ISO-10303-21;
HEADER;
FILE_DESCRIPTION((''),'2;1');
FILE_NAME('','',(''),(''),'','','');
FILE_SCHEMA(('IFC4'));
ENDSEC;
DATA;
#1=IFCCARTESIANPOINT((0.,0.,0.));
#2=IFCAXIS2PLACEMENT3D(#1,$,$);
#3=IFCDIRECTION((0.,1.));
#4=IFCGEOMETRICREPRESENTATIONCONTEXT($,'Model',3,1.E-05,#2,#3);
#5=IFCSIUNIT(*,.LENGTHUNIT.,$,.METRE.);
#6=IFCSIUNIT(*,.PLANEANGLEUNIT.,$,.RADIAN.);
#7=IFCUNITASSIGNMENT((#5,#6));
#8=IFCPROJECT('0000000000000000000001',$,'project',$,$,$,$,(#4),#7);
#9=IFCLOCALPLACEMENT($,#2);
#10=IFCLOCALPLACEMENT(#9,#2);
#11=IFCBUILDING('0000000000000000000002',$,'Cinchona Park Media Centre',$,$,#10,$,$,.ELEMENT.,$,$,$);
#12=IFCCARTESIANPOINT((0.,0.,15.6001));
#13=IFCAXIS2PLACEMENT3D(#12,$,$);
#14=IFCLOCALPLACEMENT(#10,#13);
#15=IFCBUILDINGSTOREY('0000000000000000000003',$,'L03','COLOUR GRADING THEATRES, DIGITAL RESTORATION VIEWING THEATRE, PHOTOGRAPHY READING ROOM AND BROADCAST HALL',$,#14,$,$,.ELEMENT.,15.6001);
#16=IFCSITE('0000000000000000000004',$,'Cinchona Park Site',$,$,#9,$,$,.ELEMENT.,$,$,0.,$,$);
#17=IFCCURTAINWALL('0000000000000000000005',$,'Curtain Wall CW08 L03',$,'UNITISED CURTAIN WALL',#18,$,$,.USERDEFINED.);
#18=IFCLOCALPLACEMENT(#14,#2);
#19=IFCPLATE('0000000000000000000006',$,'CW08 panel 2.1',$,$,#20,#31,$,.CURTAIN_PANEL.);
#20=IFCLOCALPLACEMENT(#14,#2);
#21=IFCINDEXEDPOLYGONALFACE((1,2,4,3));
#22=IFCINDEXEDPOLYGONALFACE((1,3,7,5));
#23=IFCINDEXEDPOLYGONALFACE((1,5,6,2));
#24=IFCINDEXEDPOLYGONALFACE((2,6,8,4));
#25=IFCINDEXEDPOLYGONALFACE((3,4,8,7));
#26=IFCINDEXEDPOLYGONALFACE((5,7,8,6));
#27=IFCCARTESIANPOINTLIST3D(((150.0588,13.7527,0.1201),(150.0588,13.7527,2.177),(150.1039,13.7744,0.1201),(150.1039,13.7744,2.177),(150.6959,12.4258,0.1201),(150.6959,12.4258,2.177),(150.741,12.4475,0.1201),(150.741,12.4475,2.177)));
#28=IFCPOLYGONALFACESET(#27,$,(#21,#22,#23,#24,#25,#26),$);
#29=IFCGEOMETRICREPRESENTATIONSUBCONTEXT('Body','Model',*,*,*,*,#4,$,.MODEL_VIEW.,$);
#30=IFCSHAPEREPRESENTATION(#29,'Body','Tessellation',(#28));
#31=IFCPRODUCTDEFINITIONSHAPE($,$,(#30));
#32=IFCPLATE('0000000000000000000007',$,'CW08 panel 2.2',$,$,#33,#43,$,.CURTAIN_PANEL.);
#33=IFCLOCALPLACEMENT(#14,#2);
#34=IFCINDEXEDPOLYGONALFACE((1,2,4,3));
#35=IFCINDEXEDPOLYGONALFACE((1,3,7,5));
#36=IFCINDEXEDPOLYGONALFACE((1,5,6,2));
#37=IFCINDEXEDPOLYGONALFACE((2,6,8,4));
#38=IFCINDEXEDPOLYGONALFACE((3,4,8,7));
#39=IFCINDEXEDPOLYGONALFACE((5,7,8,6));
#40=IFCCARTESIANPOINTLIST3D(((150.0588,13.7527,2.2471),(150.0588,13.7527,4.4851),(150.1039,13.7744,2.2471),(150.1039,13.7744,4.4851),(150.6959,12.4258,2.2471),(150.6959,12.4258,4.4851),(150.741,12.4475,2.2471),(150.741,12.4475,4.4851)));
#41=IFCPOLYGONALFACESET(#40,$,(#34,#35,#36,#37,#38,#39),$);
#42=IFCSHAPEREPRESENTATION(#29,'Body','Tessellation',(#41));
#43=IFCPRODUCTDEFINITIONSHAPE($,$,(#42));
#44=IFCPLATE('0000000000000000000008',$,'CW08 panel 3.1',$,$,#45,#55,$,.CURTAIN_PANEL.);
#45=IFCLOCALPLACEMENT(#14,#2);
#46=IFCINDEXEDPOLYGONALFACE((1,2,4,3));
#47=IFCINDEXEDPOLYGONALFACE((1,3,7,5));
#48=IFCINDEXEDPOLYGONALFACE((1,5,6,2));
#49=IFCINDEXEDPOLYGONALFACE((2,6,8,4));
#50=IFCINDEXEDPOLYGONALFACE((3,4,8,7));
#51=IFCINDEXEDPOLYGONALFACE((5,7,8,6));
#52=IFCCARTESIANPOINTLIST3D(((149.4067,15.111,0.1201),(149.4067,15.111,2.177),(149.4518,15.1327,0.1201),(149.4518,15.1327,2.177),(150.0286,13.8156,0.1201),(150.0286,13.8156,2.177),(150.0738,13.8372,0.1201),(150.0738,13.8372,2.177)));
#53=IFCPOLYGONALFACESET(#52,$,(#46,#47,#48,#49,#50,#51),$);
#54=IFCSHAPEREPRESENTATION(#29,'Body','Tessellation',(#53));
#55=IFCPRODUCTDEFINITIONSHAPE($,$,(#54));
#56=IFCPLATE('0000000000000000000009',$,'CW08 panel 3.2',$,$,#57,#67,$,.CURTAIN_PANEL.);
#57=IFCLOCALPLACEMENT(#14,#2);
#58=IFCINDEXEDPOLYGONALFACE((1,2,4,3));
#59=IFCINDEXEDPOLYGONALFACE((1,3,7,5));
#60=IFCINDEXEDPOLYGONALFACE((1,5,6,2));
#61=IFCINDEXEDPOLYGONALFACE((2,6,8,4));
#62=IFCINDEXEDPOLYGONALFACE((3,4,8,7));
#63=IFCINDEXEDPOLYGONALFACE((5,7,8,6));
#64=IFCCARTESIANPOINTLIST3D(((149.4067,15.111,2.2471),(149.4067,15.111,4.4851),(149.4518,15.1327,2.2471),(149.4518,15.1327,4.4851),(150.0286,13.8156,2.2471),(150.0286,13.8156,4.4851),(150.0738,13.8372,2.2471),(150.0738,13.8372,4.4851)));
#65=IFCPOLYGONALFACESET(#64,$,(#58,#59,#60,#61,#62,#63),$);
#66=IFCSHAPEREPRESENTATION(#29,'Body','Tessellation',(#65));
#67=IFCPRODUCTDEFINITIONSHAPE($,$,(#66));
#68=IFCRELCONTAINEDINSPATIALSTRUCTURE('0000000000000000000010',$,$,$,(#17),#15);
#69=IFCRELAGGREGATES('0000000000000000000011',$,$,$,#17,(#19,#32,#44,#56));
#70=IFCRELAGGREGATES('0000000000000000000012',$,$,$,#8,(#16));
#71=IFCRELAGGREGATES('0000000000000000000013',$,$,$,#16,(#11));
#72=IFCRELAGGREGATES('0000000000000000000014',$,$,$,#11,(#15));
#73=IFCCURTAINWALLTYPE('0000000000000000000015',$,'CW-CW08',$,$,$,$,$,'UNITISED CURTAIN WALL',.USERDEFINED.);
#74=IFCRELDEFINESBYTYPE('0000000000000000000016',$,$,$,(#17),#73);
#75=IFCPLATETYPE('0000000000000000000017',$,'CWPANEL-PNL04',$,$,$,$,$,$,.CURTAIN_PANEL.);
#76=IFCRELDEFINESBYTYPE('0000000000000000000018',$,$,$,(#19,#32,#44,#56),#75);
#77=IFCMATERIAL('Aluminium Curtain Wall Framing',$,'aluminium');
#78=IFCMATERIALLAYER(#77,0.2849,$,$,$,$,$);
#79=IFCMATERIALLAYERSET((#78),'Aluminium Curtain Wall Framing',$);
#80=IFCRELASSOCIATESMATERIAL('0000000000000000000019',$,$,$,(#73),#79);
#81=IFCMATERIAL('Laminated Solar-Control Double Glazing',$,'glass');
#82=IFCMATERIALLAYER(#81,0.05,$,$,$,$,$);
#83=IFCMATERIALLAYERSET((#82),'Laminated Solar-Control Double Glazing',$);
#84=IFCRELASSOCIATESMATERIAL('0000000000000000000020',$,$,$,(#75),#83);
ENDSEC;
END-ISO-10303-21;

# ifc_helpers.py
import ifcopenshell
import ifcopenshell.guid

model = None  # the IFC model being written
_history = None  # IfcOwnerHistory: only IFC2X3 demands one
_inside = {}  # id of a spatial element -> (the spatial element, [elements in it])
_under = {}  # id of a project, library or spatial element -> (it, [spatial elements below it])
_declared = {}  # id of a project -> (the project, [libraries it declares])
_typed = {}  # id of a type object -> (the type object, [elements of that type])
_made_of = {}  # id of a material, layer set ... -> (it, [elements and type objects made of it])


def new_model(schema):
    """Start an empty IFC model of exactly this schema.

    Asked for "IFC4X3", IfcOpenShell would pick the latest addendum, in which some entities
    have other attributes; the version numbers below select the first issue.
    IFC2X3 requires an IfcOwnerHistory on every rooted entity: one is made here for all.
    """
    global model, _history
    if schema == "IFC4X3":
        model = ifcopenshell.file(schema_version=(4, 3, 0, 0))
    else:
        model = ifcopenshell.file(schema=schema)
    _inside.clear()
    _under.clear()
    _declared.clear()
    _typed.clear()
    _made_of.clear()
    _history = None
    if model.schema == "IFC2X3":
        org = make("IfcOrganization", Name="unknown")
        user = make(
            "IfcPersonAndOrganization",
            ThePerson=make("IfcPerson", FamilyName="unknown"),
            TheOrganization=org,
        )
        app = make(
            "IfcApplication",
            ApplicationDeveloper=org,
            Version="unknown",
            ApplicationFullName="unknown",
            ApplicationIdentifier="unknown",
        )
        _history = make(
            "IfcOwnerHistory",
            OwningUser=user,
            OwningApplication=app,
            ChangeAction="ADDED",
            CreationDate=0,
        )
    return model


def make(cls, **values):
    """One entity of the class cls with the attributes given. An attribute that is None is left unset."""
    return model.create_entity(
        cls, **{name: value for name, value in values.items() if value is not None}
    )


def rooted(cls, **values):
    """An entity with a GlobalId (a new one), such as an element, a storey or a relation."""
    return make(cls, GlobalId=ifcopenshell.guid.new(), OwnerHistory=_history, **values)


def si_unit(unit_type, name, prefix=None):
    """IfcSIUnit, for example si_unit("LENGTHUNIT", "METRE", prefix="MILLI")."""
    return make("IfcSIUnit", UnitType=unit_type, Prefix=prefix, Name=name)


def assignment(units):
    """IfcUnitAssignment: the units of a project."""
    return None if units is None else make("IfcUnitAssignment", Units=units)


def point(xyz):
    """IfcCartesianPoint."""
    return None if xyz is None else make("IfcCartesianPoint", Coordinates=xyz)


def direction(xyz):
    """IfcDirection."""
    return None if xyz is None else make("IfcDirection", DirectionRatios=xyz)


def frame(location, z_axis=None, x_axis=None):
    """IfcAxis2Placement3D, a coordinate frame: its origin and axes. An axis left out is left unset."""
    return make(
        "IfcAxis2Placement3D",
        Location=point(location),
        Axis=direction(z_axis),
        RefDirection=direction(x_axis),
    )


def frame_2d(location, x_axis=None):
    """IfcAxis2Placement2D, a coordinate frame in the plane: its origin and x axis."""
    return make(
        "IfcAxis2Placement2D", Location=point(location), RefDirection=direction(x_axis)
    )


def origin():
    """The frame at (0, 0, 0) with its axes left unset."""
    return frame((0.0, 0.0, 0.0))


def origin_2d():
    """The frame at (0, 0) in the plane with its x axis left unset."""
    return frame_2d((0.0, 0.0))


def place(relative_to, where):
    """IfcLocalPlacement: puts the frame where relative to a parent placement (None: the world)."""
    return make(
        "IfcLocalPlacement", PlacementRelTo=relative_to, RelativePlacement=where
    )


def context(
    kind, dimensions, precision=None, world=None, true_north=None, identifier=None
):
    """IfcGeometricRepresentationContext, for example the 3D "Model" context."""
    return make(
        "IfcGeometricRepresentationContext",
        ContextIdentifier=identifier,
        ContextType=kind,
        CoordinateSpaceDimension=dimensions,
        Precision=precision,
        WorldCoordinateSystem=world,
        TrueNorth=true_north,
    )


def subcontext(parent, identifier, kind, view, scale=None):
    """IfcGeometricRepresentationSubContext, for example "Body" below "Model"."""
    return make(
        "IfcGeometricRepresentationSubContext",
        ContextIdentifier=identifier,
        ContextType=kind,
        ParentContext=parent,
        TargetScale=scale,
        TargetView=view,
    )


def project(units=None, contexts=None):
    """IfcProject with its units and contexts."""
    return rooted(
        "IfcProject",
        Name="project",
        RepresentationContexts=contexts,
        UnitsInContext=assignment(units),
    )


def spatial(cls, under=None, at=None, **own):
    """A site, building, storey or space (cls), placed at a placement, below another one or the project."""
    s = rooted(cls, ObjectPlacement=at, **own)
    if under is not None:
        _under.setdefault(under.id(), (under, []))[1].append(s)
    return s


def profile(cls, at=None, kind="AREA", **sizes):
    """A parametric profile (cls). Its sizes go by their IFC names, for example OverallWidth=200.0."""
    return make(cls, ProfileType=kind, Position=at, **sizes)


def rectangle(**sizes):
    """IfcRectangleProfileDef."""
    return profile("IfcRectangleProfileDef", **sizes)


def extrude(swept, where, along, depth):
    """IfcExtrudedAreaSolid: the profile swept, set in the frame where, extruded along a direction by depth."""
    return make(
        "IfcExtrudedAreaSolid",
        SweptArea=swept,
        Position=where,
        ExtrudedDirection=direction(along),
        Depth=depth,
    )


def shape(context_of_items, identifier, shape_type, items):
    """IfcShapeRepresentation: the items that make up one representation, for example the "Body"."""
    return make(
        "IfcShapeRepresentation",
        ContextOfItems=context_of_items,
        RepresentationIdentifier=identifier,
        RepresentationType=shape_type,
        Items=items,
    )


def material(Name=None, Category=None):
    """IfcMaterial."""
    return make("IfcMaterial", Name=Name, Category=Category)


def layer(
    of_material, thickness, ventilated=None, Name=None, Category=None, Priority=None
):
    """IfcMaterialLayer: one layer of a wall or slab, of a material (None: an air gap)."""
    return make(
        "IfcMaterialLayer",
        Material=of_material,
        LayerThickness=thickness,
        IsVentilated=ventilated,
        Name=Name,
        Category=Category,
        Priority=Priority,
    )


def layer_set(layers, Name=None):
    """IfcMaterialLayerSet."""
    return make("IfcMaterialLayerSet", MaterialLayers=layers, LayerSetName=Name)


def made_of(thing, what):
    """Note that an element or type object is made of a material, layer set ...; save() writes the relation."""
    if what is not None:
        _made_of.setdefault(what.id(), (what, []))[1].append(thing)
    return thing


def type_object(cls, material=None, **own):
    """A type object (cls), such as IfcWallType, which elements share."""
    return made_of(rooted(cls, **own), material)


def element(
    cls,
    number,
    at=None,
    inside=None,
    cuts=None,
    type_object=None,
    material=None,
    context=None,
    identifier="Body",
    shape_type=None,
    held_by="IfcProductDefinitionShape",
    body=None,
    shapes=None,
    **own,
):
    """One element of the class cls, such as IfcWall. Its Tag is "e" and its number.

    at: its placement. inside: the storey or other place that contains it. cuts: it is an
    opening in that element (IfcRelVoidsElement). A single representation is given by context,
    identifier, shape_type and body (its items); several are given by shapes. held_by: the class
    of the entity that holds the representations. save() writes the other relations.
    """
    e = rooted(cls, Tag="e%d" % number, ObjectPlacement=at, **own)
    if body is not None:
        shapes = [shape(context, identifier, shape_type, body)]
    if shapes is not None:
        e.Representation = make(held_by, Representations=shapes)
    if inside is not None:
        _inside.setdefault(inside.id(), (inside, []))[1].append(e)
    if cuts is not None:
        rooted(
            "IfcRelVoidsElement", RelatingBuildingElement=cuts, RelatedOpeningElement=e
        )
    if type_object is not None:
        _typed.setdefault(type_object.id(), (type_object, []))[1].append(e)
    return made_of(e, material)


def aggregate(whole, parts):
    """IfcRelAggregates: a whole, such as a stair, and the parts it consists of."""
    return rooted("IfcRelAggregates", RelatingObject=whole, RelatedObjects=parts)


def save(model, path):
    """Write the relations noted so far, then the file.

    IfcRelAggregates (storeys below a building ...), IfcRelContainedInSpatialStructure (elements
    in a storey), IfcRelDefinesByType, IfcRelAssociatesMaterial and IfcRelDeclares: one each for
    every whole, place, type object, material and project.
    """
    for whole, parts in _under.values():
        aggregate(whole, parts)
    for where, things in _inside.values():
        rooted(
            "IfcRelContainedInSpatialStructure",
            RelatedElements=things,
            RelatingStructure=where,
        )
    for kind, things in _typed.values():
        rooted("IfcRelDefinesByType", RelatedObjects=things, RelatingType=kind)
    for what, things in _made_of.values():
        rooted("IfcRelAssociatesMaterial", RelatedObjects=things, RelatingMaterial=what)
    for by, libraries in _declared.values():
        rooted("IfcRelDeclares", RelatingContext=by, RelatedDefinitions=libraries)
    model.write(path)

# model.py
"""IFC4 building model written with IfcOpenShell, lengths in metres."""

from ifc_helpers import new_model, si_unit, direction, frame, origin, origin_2d, place, context, subcontext, project, spatial, rectangle, extrude, material, layer, layer_set, type_object, element, aggregate, save


model = new_model("IFC4")

# Units and contexts
model_context = context("Model", 3, precision=1e-05, world=origin(), true_north=direction((0.0, 1.0)))
body_context = subcontext(model_context, "Body", "Model", "MODEL_VIEW")
ifc_project = project(units=[si_unit("LENGTHUNIT", "METRE"), si_unit("PLANEANGLEUNIT", "RADIAN")], contexts=[model_context])

# Site, building, storey
site_placement = place(None, origin())
site = spatial("IfcSite", under=ifc_project, at=site_placement, Name="Cinchona Park Site", CompositionType="ELEMENT", RefElevation=0.0)
building_placement = place(site_placement, origin())
building = spatial("IfcBuilding", under=site, at=building_placement, Name="Cinchona Park Media Centre", CompositionType="ELEMENT")
storey_placement = place(building_placement, frame((0.0, 0.0, 15.6001)))
storey = spatial("IfcBuildingStorey", under=building, at=storey_placement, Name="L03", Description="COLOUR GRADING THEATRES, DIGITAL RESTORATION VIEWING THEATRE, PHOTOGRAPHY READING ROOM AND BROADCAST HALL", CompositionType="ELEMENT", Elevation=15.6001)

# Curtain wall, plates
ifc_material_1 = material(Name="Aluminium Curtain Wall Framing", Category="aluminium")
ifc_layer_1 = layer(ifc_material_1, 0.2849)
ifc_layer_set_1 = layer_set([ifc_layer_1], Name="Aluminium Curtain Wall Framing")
curtain_wall_type = type_object("IfcCurtainWallType", Name="CW-CW08", ElementType="UNITISED CURTAIN WALL", PredefinedType="USERDEFINED", material=ifc_layer_set_1)
curtain_wall_placement = place(storey_placement, origin())
curtain_wall = element("IfcCurtainWall", 1, at=curtain_wall_placement, inside=storey, type_object=curtain_wall_type, Name="Curtain Wall CW08 L03", ObjectType="UNITISED CURTAIN WALL", PredefinedType="USERDEFINED")
ifc_material_2 = material(Name="Laminated Solar-Control Double Glazing", Category="glass")
ifc_layer_2 = layer(ifc_material_2, 0.05)
ifc_layer_set_2 = layer_set([ifc_layer_2], Name="Laminated Solar-Control Double Glazing")
plate_type = type_object("IfcPlateType", Name="CWPANEL-PNL04", PredefinedType="CURTAIN_PANEL", material=ifc_layer_set_2)
plate_1_placement = place(storey_placement, frame((150.3999, 13.1001, 0.1201), z_axis=(0.0, 0.0, 1.0), x_axis=(-0.432801, 0.901489, 0.0)))
plate_1 = element("IfcPlate", 2, at=plate_1_placement, type_object=plate_type, Name="CW08 panel 2.1", PredefinedType="CURTAIN_PANEL", context=body_context, shape_type="SweptSolid", body=[
    extrude(rectangle(XDim=1.4719, YDim=0.05, at=origin_2d()), origin(), (0.0, 0.0, 1.0), 2.0569),
])
plate_2_placement = place(storey_placement, frame((150.3999, 13.1001, 2.2471), z_axis=(0.0, 0.0, 1.0), x_axis=(-0.432801, 0.901489, 0.0)))
plate_2 = element("IfcPlate", 3, at=plate_2_placement, type_object=plate_type, Name="CW08 panel 2.2", PredefinedType="CURTAIN_PANEL", context=body_context, shape_type="SweptSolid", body=[
    extrude(rectangle(XDim=1.4719, YDim=0.05, at=origin_2d()), origin(), (0.0, 0.0, 1.0), 2.238),
])
plate_3_placement = place(storey_placement, frame((149.7402, 14.4741, 0.1201), z_axis=(0.0, 0.0, 1.0), x_axis=(-0.432801, 0.901489, 0.0)))
plate_3 = element("IfcPlate", 4, at=plate_3_placement, type_object=plate_type, Name="CW08 panel 3.1", PredefinedType="CURTAIN_PANEL", context=body_context, shape_type="SweptSolid", body=[
    extrude(rectangle(XDim=1.437, YDim=0.05, at=origin_2d()), origin(), (0.0, 0.0, 1.0), 2.0569),
])
plate_4_placement = place(storey_placement, frame((149.7402, 14.4741, 2.2471), z_axis=(0.0, 0.0, 1.0), x_axis=(-0.432801, 0.901489, 0.0)))
plate_4 = element("IfcPlate", 5, at=plate_4_placement, type_object=plate_type, Name="CW08 panel 3.2", PredefinedType="CURTAIN_PANEL", context=body_context, shape_type="SweptSolid", body=[
    extrude(rectangle(XDim=1.437, YDim=0.05, at=origin_2d()), origin(), (0.0, 0.0, 1.0), 2.238),
])
aggregate(curtain_wall, [plate_1, plate_2, plate_3, plate_4])

save(model, "model.ifc")
